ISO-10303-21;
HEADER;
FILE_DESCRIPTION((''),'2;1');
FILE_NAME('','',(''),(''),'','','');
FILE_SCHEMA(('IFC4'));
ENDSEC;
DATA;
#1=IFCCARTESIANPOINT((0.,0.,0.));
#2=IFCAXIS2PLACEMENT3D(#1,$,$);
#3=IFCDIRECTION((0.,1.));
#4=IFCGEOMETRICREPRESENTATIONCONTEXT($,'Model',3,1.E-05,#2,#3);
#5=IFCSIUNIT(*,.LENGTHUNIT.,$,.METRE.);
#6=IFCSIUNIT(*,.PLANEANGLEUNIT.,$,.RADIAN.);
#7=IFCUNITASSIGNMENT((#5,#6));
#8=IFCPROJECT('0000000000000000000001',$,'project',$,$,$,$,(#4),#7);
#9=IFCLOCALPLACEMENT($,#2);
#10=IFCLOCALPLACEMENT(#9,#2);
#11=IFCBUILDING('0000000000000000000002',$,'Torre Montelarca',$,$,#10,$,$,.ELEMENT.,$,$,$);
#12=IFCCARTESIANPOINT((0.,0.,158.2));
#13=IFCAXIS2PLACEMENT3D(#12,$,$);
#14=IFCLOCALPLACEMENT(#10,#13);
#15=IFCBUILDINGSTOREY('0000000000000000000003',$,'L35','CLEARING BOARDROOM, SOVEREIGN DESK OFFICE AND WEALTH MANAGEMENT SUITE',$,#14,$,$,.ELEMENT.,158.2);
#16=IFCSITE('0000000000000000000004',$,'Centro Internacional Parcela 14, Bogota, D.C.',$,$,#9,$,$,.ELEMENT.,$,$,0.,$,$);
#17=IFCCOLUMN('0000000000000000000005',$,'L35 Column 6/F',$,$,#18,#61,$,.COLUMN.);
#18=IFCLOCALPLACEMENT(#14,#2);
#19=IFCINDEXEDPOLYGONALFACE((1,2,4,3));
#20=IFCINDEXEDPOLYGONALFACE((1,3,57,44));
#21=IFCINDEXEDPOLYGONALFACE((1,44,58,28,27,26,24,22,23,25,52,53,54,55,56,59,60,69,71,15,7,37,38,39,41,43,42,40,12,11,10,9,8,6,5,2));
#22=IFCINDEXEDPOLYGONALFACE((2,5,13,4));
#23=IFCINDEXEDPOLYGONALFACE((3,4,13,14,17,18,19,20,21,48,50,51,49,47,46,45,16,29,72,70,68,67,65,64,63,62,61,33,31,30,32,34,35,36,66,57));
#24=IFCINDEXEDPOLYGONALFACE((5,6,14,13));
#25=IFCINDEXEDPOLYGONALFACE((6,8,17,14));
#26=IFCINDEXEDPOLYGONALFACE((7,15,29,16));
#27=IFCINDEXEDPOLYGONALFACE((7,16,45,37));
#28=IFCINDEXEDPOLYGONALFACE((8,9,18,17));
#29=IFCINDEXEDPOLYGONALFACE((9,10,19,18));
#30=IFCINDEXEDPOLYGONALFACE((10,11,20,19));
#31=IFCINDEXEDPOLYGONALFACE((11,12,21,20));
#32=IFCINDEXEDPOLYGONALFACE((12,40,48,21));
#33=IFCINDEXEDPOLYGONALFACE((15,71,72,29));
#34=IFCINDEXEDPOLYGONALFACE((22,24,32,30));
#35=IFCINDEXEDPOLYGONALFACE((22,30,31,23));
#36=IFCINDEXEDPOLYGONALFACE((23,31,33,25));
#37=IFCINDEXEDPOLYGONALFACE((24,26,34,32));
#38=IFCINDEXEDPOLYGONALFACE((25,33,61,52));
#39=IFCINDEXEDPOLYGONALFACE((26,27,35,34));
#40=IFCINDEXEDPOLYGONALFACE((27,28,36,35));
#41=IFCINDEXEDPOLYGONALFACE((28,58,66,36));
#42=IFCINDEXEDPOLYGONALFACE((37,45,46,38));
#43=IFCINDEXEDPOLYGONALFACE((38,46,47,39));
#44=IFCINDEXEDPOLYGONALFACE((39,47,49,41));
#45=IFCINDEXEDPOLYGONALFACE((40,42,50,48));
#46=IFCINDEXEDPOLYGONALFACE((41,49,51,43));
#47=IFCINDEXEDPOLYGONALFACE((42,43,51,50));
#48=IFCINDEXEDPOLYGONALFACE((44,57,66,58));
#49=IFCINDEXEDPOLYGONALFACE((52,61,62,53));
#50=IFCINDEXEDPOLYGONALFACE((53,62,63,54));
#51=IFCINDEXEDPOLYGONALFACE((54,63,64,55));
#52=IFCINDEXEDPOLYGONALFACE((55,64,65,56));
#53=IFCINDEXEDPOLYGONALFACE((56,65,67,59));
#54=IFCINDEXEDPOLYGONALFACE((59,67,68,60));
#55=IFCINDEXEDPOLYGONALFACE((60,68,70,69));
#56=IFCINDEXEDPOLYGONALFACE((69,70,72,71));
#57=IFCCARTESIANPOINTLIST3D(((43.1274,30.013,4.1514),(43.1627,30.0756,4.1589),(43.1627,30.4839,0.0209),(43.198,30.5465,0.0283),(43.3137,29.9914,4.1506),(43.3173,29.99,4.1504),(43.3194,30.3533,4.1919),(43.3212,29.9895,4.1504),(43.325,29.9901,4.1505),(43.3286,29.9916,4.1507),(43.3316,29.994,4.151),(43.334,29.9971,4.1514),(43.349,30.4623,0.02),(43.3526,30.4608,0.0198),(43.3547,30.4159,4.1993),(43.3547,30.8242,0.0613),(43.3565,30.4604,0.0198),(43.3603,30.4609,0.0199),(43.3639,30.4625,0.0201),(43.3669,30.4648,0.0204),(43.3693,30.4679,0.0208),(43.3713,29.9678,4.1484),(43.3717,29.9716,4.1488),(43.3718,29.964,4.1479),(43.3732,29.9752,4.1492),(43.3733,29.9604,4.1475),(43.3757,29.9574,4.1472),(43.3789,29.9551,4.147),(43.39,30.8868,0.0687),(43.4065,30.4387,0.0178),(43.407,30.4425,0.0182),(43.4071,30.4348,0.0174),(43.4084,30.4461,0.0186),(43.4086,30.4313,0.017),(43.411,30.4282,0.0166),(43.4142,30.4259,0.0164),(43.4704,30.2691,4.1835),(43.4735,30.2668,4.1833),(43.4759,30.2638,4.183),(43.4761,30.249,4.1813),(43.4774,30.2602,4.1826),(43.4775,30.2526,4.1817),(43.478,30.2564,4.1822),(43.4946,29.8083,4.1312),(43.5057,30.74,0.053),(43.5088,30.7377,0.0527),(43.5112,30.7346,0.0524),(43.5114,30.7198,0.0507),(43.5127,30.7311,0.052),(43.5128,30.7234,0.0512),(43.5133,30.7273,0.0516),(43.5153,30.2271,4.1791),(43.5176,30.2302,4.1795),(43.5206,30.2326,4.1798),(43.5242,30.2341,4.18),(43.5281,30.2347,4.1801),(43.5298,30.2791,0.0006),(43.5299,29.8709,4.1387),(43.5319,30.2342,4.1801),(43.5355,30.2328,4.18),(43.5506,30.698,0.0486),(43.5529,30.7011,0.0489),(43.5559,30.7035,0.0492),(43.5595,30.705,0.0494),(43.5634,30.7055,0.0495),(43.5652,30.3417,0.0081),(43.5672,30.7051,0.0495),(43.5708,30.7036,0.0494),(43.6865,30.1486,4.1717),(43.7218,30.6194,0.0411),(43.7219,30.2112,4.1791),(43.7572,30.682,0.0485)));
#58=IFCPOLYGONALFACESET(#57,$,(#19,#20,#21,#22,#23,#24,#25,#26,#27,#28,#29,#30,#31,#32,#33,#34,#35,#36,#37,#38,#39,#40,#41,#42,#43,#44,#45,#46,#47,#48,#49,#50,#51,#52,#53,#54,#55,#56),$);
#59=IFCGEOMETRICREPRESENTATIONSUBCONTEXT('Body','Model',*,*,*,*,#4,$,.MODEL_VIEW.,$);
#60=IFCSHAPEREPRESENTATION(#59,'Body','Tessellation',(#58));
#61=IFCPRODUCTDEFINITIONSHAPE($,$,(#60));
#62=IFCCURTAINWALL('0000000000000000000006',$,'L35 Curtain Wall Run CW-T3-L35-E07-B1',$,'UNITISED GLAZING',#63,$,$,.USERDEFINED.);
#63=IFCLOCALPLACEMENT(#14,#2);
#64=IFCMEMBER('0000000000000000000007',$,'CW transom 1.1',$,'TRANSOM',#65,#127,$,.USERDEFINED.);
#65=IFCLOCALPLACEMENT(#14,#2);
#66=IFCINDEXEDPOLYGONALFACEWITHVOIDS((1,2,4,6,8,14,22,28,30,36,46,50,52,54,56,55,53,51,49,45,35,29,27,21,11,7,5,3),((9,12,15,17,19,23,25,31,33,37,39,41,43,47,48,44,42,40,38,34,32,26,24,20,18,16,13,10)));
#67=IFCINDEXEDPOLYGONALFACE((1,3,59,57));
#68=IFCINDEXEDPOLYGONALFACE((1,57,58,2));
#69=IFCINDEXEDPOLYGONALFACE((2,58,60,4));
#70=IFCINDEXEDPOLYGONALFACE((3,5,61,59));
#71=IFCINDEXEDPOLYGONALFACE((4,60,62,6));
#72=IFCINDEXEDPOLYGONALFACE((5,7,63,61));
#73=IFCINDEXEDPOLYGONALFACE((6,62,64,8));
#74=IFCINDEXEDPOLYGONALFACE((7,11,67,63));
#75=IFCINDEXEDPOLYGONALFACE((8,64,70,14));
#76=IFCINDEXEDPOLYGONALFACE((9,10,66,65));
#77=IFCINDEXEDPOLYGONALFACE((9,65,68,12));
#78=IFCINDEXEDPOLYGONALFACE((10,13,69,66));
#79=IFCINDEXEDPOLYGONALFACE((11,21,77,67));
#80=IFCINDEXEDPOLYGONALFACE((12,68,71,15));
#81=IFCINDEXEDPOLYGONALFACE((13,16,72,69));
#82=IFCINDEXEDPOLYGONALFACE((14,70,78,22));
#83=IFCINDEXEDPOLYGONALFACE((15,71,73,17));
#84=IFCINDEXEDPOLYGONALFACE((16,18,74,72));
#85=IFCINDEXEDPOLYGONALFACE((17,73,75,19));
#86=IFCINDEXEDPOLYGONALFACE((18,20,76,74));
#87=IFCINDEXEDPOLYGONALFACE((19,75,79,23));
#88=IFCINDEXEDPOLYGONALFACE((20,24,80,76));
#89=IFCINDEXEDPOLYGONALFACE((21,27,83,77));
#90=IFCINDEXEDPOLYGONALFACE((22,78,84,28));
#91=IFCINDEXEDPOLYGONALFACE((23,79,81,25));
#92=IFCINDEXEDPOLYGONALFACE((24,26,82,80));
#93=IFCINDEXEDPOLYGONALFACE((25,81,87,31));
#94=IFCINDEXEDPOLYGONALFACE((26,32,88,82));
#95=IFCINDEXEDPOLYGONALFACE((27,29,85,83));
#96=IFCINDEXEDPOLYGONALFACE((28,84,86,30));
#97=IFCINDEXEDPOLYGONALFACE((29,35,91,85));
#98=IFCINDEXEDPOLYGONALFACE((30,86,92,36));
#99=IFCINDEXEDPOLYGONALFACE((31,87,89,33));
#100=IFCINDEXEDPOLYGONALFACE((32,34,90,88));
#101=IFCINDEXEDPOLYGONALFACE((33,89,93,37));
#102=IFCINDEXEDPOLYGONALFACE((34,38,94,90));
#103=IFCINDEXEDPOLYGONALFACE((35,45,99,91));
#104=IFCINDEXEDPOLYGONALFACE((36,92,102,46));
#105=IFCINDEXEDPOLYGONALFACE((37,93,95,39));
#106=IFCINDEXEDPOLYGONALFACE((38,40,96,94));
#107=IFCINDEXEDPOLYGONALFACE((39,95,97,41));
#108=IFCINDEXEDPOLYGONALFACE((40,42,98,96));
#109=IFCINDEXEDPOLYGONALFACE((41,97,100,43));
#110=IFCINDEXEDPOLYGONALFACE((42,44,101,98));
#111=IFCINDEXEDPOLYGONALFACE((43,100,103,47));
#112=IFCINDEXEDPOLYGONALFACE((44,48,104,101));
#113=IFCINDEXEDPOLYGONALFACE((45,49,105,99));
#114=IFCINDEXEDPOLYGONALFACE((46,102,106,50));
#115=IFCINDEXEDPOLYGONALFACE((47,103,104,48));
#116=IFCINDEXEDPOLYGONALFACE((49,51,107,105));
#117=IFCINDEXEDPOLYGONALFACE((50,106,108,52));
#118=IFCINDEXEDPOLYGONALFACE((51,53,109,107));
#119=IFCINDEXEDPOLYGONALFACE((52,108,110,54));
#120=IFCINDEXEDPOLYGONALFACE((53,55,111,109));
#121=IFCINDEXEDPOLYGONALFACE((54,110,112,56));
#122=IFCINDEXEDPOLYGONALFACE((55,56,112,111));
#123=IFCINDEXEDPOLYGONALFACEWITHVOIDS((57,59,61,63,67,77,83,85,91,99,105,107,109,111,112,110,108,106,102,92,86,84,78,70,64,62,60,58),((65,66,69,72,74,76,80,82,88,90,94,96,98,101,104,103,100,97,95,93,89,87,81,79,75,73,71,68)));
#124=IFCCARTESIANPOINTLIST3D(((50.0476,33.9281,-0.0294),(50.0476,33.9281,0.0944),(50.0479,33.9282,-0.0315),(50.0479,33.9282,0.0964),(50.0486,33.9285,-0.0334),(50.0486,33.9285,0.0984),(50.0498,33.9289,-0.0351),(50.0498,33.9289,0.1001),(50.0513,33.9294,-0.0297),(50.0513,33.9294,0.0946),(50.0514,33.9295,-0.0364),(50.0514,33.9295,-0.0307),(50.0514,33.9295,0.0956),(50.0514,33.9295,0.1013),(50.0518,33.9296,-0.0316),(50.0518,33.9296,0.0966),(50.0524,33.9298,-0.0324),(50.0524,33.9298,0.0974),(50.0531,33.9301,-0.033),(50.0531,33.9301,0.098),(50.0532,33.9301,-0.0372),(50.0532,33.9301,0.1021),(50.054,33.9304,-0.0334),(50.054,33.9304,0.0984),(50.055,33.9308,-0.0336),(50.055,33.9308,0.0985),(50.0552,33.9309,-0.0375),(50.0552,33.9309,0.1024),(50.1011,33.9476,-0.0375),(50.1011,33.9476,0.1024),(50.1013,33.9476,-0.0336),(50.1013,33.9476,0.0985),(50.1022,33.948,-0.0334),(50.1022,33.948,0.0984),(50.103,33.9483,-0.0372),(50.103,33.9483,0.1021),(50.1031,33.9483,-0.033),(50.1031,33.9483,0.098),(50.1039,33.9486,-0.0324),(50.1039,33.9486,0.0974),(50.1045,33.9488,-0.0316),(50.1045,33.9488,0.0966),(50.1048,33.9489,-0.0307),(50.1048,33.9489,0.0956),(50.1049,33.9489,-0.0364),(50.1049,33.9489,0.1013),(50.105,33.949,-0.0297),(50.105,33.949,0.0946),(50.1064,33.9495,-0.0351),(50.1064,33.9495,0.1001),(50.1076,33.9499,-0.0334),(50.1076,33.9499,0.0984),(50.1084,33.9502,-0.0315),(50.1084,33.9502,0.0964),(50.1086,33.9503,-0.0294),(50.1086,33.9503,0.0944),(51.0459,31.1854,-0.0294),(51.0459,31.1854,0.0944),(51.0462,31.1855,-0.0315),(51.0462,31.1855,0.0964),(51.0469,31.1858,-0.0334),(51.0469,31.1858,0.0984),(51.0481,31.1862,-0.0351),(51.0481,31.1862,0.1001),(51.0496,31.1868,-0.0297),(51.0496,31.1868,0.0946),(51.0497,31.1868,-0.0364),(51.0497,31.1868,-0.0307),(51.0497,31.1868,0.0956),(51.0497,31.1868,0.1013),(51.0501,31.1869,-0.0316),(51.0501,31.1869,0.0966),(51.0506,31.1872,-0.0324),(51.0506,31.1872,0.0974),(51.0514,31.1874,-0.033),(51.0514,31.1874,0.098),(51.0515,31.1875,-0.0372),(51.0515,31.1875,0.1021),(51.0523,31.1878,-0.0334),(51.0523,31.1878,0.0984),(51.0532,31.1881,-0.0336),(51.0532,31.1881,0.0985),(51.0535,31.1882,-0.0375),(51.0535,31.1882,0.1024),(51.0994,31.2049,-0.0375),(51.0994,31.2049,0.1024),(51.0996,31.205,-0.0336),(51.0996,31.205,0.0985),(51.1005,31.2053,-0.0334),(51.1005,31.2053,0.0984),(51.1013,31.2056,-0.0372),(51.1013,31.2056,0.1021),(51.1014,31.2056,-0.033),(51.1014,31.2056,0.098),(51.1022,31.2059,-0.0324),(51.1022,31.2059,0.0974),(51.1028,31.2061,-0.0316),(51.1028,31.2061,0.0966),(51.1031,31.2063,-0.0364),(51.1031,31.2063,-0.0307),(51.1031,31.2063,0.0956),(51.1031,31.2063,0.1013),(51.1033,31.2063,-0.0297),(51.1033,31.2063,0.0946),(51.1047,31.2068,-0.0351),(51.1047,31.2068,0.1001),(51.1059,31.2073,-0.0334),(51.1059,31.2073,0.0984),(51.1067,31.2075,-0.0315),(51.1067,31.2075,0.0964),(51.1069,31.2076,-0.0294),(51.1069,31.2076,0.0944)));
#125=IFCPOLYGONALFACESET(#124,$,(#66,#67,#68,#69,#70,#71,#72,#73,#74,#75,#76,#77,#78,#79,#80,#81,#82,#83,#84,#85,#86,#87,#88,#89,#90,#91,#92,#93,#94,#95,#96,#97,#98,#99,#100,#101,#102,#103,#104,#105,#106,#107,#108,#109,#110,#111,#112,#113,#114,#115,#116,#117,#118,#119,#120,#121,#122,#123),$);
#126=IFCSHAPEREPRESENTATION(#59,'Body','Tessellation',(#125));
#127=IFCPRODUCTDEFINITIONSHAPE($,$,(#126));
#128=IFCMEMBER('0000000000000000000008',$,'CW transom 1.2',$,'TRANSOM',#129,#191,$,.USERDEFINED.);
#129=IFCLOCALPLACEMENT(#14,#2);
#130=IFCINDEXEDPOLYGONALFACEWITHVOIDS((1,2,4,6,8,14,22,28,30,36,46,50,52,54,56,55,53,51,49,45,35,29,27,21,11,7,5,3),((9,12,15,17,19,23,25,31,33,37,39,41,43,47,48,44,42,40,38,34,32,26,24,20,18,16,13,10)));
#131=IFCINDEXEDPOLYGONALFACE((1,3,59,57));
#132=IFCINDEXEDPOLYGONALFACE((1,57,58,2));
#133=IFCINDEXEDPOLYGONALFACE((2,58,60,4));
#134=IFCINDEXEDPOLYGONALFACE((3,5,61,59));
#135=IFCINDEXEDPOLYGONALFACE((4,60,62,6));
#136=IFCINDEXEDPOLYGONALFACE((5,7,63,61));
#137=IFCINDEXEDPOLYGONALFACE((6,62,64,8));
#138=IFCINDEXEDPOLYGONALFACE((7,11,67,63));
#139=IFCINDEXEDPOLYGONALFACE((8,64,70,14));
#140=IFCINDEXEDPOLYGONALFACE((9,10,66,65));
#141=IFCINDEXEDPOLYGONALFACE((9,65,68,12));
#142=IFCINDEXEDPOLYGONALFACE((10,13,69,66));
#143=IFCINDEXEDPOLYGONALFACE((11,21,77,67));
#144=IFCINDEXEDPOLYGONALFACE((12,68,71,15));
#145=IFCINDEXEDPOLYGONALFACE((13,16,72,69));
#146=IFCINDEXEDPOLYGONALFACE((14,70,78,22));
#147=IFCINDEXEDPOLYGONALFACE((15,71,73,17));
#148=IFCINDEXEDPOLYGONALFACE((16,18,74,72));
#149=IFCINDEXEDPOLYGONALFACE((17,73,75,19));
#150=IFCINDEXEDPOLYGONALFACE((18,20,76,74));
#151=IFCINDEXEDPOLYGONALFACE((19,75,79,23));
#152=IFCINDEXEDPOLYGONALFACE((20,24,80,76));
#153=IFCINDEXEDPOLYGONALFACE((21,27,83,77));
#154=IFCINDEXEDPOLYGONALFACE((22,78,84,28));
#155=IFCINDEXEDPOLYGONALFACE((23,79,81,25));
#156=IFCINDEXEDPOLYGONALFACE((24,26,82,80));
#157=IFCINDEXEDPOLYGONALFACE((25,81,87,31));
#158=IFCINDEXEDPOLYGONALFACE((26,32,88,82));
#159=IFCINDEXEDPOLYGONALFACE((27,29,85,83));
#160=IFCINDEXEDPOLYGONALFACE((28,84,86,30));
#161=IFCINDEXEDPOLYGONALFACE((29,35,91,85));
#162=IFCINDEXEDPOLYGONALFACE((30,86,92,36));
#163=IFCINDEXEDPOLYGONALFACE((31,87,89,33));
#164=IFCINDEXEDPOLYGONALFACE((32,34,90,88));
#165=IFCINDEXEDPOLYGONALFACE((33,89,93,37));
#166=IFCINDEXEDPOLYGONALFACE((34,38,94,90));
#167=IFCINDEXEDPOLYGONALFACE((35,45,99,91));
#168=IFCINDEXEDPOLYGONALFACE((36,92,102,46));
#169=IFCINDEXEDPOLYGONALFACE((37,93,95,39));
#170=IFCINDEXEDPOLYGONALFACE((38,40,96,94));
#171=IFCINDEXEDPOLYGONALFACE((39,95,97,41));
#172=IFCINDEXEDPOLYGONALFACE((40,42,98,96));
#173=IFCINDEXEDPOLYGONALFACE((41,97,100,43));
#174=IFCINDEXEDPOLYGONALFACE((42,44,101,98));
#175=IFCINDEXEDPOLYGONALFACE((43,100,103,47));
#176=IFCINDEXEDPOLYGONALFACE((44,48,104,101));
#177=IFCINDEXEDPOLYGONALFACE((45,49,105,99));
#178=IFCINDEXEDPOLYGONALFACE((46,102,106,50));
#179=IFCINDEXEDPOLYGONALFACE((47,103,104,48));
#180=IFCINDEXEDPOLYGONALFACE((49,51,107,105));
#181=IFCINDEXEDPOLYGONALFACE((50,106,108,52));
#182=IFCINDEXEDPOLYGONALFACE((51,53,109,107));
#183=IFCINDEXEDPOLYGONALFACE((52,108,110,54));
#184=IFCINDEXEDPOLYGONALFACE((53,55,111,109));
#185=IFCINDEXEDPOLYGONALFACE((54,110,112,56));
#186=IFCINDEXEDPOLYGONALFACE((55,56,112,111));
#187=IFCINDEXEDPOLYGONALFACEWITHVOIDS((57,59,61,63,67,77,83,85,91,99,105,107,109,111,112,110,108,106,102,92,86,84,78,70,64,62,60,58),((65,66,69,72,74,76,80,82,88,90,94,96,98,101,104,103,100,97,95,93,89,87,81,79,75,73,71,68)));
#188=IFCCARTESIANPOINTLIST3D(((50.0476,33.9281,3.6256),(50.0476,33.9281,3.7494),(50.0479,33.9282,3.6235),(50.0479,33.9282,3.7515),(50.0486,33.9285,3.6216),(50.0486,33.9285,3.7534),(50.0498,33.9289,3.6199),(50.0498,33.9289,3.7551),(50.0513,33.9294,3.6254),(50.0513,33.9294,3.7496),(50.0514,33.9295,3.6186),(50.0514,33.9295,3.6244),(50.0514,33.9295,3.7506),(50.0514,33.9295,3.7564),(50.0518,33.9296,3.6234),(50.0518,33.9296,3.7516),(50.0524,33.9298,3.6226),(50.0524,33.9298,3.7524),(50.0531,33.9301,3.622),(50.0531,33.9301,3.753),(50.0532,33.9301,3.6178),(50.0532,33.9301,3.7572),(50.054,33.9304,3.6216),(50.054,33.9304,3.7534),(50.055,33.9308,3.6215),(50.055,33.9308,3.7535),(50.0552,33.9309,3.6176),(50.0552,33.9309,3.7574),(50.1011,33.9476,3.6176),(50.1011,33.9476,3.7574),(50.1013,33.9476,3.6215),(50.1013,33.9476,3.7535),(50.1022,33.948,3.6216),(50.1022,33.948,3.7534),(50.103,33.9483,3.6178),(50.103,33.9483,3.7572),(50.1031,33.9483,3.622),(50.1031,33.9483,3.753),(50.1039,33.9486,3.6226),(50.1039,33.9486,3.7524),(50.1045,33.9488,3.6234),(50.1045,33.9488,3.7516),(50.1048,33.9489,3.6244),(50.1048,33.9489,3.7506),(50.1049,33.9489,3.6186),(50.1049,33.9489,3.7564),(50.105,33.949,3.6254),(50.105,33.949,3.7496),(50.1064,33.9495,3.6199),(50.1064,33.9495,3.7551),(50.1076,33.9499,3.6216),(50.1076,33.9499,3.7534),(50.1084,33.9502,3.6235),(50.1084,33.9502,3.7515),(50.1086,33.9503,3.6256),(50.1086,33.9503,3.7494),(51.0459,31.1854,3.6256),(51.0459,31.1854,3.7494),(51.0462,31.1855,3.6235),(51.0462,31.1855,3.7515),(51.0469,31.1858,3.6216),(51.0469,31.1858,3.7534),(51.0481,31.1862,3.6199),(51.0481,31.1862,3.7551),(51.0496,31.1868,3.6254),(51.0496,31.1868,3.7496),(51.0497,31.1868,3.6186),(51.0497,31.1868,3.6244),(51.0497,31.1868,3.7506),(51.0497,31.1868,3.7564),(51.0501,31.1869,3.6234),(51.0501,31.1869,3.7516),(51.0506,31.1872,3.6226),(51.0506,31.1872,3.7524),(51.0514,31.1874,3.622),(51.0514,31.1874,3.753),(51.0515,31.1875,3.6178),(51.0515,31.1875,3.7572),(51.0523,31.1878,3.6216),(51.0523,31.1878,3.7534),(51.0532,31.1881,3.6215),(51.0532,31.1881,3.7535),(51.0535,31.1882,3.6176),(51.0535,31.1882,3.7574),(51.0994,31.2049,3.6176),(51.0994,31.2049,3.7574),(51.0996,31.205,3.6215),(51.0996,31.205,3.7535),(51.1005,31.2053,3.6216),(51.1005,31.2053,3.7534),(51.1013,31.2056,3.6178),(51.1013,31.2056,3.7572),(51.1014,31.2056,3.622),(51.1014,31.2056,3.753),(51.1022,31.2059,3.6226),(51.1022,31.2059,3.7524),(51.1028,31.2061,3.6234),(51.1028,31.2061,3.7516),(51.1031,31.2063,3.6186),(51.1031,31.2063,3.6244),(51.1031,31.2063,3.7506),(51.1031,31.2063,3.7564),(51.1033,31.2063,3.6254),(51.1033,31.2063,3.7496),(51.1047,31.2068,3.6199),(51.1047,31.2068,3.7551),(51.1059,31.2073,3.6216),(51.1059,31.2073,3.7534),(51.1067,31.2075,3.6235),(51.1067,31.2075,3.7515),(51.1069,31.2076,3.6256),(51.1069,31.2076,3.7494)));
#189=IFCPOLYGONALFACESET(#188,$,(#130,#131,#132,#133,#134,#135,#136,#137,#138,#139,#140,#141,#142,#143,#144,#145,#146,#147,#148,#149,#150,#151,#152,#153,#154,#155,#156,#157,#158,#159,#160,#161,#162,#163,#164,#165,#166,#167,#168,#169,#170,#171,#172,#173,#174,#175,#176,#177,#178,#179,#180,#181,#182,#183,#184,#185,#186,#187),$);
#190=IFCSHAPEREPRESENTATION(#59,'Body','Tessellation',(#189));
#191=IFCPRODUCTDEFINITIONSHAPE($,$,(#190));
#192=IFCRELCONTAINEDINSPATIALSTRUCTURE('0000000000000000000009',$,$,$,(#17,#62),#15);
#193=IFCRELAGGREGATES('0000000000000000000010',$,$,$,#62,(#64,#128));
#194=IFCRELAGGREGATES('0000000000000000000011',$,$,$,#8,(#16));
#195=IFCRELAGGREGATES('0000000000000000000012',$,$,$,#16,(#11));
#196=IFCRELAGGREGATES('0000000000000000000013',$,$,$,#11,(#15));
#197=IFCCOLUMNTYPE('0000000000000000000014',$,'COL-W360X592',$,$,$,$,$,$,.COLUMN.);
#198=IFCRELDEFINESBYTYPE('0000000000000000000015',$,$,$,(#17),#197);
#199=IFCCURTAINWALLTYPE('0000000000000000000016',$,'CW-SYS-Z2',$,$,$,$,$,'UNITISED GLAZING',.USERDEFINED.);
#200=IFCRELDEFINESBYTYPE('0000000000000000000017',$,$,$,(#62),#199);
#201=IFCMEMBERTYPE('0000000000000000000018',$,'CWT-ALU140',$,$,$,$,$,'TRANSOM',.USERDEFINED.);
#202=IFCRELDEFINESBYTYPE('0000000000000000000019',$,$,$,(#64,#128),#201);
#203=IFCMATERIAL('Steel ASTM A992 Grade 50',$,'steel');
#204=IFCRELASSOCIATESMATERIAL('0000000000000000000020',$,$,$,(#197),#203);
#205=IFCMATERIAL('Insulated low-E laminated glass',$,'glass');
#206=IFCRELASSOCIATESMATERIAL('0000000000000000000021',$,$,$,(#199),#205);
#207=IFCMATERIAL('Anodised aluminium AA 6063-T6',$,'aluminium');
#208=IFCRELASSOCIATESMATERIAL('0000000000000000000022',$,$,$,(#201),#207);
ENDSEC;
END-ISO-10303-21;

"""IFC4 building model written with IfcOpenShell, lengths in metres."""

from ifc_helpers import new_model, si_unit, direction, frame, origin, origin_2d, place, context, subcontext, project, spatial, hollow_rectangle, i_section, extrude, clip, halfspace, source, transform, mapped, material, material_profile, profile_set, type_object, element, aggregate, save


model = new_model("IFC4")

# Units and contexts
model_context = context("Model", 3, precision=1e-05, world=origin(), true_north=direction((0.0, 1.0)))
body_context = subcontext(model_context, "Body", "Model", "MODEL_VIEW")
ifc_project = project(units=[si_unit("LENGTHUNIT", "METRE"), si_unit("PLANEANGLEUNIT", "RADIAN")], contexts=[model_context])

# Site, building, storey
site_placement = place(None, origin())
site = spatial("IfcSite", under=ifc_project, at=site_placement, Name="Centro Internacional Parcela 14, Bogota, D.C.", CompositionType="ELEMENT", RefElevation=0.0)
building_placement = place(site_placement, origin())
building = spatial("IfcBuilding", under=site, at=building_placement, Name="Torre Montelarca", CompositionType="ELEMENT")
storey_placement = place(building_placement, frame((0.0, 0.0, 158.2)))
storey = spatial("IfcBuildingStorey", under=building, at=storey_placement, Name="L35", Description="CLEARING BOARDROOM, SOVEREIGN DESK OFFICE AND WEALTH MANAGEMENT SUITE", CompositionType="ELEMENT", Elevation=158.2)

# Column
ifc_material_1 = material(Name="Steel ASTM A992 Grade 50", Category="steel")
ifc_material_profile_1 = material_profile(ifc_material_1, i_section(OverallWidth=0.4209, OverallDepth=0.4651, WebThickness=0.0449, FlangeThickness=0.0723, FilletRadius=0.0149, at=origin_2d()), Name="W360X592", Category="steel")
ifc_profile_set_1 = profile_set([ifc_material_profile_1], Name="Steel ASTM A992 Grade 50")
column_type_1 = type_object("IfcColumnType", Name="COL-W360X592", PredefinedType="COLUMN", material=ifc_profile_set_1)
column_1_placement = place(storey_placement, frame((43.4602, 30.5869, 0.0), z_axis=(-0.00849, -0.113254, 0.99353), x_axis=(-0.872385, 0.486457, 0.047998)))
element("IfcColumn", 1, at=column_1_placement, inside=storey, type_object=column_type_1, Name="L35 Column 6/F", PredefinedType="COLUMN", context=body_context, shape_type="Clipping", body=[
    clip(clip(extrude(i_section(OverallWidth=0.4209, OverallDepth=0.4651, WebThickness=0.0449, FlangeThickness=0.0723, FilletRadius=0.0149, at=origin_2d()), origin(), (0.0, 0.0, 1.0), 4.2273), halfspace(frame((0.0, 0.0, 0.0349), z_axis=(0.0, 0.0, -1.0), x_axis=(1.0, 0.0, 0.0)), False)), halfspace(frame((0.0, 0.0, 4.1924), z_axis=(0.0, 0.0, 1.0), x_axis=(1.0, 0.0, 0.0)), False)),
])

# Curtain wall, members
ifc_material_2 = material(Name="Insulated low-E laminated glass", Category="glass")
curtain_wall_type = type_object("IfcCurtainWallType", Name="CW-SYS-Z2", ElementType="UNITISED GLAZING", PredefinedType="USERDEFINED", material=ifc_material_2)
curtain_wall_1_placement = place(storey_placement, origin())
curtain_wall_1 = element("IfcCurtainWall", 2, at=curtain_wall_1_placement, inside=storey, type_object=curtain_wall_type, Name="L35 Curtain Wall Run CW-T3-L35-E07-B1", ObjectType="UNITISED GLAZING", PredefinedType="USERDEFINED")
ifc_material_3 = material(Name="Anodised aluminium AA 6063-T6", Category="aluminium")
ifc_material_profile_2 = material_profile(ifc_material_3, hollow_rectangle(XDim=0.0649, YDim=0.1399, WallThickness=0.0039, InnerFilletRadius=0.0039, OuterFilletRadius=0.0081, at=origin_2d()), Name="ALU65X140X4", Category="aluminium")
ifc_profile_set_2 = profile_set([ifc_material_profile_2], Name="Anodised aluminium AA 6063-T6")
member_type_1 = type_object("IfcMemberType", Name="CWT-ALU140", ElementType="TRANSOM", PredefinedType="USERDEFINED", material=ifc_profile_set_2)
shared_shape_1 = source(origin(), body_context, "Body", "SweptSolid", [
    extrude(hollow_rectangle(XDim=0.0649, YDim=0.1399, WallThickness=0.0039, InnerFilletRadius=0.0039, OuterFilletRadius=0.0081, at=origin_2d()), origin(), (0.0, 0.0, 1.0), 2.9187),
])
member_1_placement = place(storey_placement, frame((51.0764, 31.1965, 0.0325), z_axis=(-0.342032, 0.939688, 0.0), x_axis=(-0.939688, -0.342032, 0.0)))
member_1 = element("IfcMember", 3, at=member_1_placement, type_object=member_type_1, Name="CW transom 1.1", ObjectType="TRANSOM", PredefinedType="USERDEFINED", context=body_context, shape_type="MappedRepresentation", body=[
    mapped(shared_shape_1, transform((0.0, 0.0, 0.0), scale=1.0)),
])
member_2_placement = place(storey_placement, frame((51.0764, 31.1965, 3.6875), z_axis=(-0.342032, 0.939688, 0.0), x_axis=(-0.939688, -0.342032, 0.0)))
member_2 = element("IfcMember", 4, at=member_2_placement, type_object=member_type_1, Name="CW transom 1.2", ObjectType="TRANSOM", PredefinedType="USERDEFINED", context=body_context, shape_type="MappedRepresentation", body=[
    mapped(shared_shape_1, transform((0.0, 0.0, 0.0), scale=1.0)),
])

aggregate(curtain_wall_1, [member_1, member_2])

save(model, "model.ifc")
